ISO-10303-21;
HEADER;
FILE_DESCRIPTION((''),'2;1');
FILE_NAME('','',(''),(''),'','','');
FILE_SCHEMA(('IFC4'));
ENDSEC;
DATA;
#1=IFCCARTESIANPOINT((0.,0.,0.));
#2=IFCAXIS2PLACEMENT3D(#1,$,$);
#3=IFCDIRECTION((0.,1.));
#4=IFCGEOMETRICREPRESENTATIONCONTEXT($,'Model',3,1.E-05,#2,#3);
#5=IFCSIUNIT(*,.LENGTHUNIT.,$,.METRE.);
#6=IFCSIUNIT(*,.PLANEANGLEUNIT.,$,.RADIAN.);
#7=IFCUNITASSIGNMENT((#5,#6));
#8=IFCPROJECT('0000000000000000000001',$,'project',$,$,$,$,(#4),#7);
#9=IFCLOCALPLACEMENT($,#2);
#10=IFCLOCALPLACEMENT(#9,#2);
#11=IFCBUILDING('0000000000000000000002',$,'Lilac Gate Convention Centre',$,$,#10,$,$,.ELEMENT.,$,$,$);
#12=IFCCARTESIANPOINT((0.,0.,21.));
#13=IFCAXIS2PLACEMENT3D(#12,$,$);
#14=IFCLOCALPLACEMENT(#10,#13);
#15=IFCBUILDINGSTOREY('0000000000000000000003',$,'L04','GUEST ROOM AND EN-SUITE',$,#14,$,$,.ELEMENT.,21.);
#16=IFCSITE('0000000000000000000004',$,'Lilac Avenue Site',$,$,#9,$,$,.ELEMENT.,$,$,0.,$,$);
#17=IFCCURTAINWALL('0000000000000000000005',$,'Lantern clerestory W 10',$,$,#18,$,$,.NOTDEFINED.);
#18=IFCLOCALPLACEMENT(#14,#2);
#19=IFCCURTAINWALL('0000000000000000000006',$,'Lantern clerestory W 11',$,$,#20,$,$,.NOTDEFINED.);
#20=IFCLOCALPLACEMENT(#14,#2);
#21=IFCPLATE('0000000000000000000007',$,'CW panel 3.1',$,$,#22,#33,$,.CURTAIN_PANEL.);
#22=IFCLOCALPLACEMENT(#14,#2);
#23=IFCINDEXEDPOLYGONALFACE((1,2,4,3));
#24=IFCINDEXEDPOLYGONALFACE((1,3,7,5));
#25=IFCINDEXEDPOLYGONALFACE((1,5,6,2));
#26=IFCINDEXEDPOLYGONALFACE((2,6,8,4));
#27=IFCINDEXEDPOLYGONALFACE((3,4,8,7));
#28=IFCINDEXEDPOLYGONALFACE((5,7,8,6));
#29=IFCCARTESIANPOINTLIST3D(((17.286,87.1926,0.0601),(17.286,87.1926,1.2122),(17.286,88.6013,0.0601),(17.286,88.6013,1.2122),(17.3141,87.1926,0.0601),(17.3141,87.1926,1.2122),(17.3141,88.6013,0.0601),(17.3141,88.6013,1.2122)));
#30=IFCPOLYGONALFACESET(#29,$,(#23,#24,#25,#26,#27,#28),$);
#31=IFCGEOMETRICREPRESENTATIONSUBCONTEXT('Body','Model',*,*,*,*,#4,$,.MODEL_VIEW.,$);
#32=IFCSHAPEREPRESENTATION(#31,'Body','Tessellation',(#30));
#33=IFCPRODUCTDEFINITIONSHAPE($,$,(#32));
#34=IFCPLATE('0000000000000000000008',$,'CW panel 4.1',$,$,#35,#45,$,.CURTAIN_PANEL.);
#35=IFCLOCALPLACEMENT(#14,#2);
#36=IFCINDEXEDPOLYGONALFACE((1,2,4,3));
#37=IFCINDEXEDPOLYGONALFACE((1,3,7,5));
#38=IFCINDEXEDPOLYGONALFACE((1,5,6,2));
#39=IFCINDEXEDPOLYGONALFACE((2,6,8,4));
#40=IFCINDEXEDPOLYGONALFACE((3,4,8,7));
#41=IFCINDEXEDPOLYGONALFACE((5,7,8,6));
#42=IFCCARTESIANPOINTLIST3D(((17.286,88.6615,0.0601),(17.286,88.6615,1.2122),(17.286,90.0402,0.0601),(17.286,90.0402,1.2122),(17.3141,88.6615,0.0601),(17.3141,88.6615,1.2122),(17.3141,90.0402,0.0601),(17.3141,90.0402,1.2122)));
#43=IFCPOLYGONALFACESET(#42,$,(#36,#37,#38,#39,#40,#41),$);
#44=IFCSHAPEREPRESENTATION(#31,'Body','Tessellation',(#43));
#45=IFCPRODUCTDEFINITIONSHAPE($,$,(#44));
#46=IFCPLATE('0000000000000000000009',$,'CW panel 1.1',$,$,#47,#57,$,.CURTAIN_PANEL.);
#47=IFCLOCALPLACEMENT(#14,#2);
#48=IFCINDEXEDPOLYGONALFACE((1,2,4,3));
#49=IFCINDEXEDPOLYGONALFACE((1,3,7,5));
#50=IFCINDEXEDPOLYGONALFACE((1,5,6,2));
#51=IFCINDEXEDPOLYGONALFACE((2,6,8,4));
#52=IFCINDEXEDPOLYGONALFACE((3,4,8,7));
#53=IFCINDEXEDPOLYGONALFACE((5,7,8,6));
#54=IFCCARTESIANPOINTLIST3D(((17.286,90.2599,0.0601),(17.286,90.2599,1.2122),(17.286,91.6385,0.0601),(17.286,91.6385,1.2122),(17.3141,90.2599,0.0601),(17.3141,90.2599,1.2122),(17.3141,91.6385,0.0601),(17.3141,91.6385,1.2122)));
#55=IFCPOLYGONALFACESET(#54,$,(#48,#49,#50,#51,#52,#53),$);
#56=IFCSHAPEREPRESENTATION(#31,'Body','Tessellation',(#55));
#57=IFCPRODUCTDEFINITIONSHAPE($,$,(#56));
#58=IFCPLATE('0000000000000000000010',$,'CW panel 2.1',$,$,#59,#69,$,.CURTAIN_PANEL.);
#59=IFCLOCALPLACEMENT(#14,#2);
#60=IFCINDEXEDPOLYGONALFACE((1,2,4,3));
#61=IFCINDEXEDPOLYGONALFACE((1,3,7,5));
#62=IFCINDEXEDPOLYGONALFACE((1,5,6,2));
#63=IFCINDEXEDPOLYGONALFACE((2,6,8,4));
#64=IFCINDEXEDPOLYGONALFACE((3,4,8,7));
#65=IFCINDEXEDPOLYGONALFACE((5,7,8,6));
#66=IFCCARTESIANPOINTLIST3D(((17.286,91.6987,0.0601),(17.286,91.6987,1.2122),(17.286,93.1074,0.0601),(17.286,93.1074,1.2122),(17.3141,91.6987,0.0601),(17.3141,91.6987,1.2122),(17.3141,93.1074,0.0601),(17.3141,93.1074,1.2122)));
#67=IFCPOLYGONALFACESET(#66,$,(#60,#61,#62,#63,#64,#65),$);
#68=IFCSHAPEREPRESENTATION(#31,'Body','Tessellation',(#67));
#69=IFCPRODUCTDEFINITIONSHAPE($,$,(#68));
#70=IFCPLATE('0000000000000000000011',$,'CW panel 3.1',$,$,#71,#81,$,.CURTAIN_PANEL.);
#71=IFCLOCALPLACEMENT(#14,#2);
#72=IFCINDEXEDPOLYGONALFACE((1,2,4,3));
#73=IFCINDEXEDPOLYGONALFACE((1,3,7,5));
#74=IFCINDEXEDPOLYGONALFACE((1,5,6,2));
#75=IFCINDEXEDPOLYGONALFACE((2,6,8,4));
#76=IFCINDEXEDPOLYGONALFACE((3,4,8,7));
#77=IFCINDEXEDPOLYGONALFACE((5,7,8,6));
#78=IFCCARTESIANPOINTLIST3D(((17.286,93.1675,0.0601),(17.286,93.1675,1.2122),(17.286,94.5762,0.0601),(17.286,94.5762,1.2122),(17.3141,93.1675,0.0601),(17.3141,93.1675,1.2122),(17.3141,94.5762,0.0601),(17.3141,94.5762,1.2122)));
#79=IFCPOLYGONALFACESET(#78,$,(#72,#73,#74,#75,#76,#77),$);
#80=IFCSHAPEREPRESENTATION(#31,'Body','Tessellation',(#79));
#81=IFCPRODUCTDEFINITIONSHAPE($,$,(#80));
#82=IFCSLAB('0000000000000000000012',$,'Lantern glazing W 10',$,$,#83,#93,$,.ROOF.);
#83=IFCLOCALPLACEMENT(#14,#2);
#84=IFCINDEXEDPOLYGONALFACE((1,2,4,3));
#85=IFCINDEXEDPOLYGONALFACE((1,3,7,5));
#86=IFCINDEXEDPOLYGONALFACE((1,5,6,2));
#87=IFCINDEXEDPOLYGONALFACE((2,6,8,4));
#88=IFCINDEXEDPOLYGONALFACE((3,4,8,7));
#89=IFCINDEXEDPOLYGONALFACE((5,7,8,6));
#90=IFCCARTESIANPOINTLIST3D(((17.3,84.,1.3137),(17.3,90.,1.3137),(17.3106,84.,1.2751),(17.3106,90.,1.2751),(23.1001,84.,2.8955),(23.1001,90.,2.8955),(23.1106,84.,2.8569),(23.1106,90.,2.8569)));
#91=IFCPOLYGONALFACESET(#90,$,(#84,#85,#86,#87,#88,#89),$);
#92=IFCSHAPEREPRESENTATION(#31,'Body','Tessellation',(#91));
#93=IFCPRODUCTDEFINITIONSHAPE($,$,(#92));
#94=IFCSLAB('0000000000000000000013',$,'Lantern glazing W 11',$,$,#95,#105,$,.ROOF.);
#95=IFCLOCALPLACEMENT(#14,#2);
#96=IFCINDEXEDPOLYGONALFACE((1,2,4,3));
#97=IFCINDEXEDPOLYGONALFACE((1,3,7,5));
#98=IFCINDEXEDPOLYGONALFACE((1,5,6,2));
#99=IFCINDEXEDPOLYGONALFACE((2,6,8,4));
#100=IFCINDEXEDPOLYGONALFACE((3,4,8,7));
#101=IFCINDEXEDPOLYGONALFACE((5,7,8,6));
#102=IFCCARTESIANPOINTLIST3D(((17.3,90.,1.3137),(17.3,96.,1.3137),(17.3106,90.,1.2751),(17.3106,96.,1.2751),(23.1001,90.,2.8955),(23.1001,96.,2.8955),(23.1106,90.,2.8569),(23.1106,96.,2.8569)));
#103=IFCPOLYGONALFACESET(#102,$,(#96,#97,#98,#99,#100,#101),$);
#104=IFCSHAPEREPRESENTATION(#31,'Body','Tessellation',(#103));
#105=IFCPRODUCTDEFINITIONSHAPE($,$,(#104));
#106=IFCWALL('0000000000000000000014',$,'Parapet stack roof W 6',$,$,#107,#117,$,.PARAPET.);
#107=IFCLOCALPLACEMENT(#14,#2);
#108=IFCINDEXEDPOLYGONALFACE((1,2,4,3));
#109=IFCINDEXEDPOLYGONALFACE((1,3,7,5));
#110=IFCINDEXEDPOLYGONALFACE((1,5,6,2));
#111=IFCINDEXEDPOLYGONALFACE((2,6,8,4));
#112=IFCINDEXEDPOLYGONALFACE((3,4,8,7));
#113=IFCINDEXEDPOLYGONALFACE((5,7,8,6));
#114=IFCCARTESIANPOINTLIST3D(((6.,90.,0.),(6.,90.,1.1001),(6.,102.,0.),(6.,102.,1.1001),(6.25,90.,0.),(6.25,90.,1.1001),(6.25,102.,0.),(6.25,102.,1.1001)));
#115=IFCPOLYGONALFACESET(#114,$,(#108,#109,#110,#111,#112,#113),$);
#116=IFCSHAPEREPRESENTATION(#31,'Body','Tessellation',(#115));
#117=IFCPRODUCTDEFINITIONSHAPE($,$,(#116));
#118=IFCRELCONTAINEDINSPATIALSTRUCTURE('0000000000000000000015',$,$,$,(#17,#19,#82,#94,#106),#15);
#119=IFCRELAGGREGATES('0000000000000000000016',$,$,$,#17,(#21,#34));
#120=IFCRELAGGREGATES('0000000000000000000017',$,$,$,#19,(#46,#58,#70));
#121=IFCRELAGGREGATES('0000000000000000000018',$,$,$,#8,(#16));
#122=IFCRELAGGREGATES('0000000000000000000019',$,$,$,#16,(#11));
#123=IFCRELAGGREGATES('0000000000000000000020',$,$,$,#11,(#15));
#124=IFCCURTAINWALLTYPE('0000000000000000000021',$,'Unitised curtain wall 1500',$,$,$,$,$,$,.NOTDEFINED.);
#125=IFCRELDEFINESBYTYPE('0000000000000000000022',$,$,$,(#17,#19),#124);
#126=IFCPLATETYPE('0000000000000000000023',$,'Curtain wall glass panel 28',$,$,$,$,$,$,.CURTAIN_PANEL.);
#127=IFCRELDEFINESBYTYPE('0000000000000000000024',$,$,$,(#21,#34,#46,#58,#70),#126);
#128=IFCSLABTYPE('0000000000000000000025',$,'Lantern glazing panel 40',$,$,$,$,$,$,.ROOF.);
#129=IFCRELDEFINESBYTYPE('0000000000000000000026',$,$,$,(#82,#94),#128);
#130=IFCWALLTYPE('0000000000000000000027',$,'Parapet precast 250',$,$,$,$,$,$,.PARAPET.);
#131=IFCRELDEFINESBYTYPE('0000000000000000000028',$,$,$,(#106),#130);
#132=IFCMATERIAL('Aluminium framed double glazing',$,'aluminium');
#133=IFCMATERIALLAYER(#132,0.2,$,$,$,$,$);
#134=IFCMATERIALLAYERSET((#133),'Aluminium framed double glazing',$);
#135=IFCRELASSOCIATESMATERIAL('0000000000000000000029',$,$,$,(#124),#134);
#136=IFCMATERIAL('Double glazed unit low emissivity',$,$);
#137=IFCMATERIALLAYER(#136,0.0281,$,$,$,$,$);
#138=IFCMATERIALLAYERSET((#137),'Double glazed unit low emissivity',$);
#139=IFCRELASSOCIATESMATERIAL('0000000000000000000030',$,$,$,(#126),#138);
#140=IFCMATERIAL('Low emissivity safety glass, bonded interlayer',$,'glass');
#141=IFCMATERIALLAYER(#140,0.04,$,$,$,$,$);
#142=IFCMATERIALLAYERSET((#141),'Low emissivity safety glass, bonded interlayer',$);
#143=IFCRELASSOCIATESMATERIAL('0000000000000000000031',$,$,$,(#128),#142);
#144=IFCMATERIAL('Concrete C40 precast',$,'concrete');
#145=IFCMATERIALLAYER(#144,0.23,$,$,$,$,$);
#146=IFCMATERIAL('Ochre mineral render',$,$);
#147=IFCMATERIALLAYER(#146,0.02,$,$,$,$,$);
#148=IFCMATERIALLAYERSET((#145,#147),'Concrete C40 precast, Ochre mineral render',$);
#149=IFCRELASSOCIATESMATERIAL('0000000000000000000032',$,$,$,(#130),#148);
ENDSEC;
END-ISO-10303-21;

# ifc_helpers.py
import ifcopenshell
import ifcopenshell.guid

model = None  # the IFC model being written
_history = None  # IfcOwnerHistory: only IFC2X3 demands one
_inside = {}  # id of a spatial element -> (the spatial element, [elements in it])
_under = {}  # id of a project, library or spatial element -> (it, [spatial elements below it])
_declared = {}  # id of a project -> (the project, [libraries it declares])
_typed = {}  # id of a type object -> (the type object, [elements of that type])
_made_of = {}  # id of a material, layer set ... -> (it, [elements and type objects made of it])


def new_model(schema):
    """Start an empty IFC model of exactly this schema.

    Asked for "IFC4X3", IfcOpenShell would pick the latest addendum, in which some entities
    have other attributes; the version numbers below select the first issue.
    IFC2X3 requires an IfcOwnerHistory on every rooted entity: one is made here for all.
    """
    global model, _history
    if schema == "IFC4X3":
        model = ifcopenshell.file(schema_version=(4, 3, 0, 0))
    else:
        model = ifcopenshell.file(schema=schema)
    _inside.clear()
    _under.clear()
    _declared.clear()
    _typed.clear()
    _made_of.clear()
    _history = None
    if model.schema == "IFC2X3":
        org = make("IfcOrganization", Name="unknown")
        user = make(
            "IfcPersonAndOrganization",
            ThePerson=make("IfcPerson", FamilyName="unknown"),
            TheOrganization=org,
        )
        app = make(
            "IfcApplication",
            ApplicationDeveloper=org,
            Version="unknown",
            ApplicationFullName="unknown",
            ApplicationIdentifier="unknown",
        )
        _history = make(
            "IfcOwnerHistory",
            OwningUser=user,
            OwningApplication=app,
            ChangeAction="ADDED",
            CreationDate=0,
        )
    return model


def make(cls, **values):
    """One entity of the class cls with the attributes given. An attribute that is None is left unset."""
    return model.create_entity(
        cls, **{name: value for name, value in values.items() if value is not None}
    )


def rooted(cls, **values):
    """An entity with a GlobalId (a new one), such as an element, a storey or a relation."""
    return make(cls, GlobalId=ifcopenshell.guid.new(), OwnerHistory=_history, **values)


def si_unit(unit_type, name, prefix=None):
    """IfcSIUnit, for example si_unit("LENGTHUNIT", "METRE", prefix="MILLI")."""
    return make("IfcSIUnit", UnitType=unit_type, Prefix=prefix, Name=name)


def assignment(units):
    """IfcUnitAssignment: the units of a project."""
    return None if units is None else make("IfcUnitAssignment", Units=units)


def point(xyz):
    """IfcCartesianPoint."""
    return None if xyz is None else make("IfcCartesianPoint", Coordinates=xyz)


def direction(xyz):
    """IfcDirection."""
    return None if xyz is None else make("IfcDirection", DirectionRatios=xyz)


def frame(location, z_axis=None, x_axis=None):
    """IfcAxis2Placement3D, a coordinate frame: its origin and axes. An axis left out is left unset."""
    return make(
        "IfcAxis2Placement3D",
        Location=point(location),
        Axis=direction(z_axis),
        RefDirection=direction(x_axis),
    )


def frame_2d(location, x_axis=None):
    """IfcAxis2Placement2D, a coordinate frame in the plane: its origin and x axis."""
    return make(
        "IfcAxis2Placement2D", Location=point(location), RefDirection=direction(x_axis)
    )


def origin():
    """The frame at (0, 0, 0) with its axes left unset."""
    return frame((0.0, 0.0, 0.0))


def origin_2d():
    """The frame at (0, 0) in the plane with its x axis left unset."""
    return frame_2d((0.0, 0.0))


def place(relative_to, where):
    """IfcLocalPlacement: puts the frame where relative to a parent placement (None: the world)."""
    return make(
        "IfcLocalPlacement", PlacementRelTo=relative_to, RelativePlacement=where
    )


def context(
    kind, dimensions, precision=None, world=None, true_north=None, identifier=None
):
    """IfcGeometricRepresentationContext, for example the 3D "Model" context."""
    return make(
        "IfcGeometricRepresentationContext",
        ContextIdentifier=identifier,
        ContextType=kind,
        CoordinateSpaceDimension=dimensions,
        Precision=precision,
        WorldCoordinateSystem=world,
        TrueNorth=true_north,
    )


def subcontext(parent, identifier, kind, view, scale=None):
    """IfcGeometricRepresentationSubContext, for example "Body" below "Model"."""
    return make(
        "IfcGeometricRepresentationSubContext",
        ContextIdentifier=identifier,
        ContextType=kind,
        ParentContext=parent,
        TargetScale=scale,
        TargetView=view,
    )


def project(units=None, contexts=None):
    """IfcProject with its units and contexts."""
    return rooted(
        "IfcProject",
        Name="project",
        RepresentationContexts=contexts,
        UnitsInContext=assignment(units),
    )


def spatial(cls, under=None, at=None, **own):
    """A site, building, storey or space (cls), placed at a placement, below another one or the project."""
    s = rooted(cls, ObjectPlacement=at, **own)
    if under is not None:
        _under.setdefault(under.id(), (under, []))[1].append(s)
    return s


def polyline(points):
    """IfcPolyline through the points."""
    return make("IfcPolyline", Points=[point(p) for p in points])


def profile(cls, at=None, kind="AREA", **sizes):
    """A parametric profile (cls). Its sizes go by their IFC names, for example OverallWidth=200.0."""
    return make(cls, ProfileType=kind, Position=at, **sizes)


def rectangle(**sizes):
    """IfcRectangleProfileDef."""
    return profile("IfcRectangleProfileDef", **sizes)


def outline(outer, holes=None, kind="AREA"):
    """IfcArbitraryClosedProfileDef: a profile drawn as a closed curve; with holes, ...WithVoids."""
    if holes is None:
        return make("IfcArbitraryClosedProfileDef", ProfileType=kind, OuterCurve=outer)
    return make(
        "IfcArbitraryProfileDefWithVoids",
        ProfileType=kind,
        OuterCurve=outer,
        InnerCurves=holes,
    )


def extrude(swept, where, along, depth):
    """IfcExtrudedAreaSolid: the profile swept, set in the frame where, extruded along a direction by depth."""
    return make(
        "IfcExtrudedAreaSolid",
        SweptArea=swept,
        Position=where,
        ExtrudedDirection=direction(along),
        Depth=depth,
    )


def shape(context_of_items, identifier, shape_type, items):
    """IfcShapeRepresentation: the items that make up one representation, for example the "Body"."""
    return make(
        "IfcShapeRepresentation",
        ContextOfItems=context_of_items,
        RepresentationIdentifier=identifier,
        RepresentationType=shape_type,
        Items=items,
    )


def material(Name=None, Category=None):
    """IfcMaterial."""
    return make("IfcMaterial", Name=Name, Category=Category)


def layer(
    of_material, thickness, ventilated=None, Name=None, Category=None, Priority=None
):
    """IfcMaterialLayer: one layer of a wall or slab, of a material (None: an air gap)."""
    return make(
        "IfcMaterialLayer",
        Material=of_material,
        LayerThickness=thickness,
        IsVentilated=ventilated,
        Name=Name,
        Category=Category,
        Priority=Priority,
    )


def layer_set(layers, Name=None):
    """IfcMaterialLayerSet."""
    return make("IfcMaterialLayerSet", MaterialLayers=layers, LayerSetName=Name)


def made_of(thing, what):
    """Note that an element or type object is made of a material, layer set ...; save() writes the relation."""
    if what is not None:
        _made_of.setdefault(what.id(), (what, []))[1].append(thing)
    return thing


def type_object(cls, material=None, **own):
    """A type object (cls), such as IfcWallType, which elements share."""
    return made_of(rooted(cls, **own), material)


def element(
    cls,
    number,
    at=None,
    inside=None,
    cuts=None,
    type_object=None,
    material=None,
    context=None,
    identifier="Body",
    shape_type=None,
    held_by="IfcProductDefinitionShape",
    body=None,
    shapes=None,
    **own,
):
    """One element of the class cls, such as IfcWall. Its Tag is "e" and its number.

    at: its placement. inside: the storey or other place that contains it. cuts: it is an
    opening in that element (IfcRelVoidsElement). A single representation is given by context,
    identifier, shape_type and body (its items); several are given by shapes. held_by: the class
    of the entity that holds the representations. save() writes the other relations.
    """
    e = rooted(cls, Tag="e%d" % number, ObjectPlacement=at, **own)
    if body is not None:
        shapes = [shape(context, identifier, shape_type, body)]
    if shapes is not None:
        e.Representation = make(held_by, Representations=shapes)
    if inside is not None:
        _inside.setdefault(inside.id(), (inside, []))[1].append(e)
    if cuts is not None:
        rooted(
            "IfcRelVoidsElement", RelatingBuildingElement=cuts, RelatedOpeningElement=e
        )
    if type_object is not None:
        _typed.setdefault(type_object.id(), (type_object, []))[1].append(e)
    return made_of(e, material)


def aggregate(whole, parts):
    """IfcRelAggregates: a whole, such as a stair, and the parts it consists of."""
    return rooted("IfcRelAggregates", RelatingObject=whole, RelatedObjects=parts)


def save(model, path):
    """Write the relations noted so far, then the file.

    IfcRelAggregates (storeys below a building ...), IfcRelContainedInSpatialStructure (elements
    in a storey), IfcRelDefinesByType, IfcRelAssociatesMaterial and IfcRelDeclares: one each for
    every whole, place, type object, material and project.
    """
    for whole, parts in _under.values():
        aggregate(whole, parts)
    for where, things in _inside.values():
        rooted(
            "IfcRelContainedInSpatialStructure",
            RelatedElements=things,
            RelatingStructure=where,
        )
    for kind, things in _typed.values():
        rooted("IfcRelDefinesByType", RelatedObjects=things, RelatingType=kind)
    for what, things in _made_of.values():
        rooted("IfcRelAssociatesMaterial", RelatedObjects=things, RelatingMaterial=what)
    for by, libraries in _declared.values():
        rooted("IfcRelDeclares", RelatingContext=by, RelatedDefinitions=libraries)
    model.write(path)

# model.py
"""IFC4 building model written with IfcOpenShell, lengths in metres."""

from ifc_helpers import new_model, si_unit, direction, frame, frame_2d, origin, origin_2d, place, context, subcontext, project, spatial, polyline, rectangle, outline, extrude, material, layer, layer_set, type_object, element, aggregate, save


model = new_model("IFC4")

# Units and contexts
model_context = context("Model", 3, precision=1e-05, world=origin(), true_north=direction((0.0, 1.0)))
body_context = subcontext(model_context, "Body", "Model", "MODEL_VIEW")
ifc_project = project(units=[si_unit("LENGTHUNIT", "METRE"), si_unit("PLANEANGLEUNIT", "RADIAN")], contexts=[model_context])

# Site, building, storey
site_placement = place(None, origin())
site = spatial("IfcSite", under=ifc_project, at=site_placement, Name="Lilac Avenue Site", CompositionType="ELEMENT", RefElevation=0.0)
building_placement = place(site_placement, origin())
building = spatial("IfcBuilding", under=site, at=building_placement, Name="Lilac Gate Convention Centre", CompositionType="ELEMENT")
storey_placement = place(building_placement, frame((0.0, 0.0, 21.0)))
storey = spatial("IfcBuildingStorey", under=building, at=storey_placement, Name="L04", Description="GUEST ROOM AND EN-SUITE", CompositionType="ELEMENT", Elevation=21.0)

# Shared definitions
ifc_material_1 = material(Name="Aluminium framed double glazing", Category="aluminium")
ifc_layer_1 = layer(ifc_material_1, 0.2)
ifc_layer_set_1 = layer_set([ifc_layer_1], Name="Aluminium framed double glazing")
curtain_wall_type = type_object("IfcCurtainWallType", Name="Unitised curtain wall 1500", PredefinedType="NOTDEFINED", material=ifc_layer_set_1)

# Curtain walls
curtain_wall_1_placement = place(storey_placement, origin())
curtain_wall_1 = element("IfcCurtainWall", 1, at=curtain_wall_1_placement, inside=storey, type_object=curtain_wall_type, Name="Lantern clerestory W 10", PredefinedType="NOTDEFINED")
curtain_wall_2_placement = place(storey_placement, origin())
curtain_wall_2 = element("IfcCurtainWall", 2, at=curtain_wall_2_placement, inside=storey, type_object=curtain_wall_type, Name="Lantern clerestory W 11", PredefinedType="NOTDEFINED")

# Plates
ifc_material_2 = material(Name="Double glazed unit low emissivity")
ifc_layer_2 = layer(ifc_material_2, 0.0281)
ifc_layer_set_2 = layer_set([ifc_layer_2], Name="Double glazed unit low emissivity")
plate_type = type_object("IfcPlateType", Name="Curtain wall glass panel 28", PredefinedType="CURTAIN_PANEL", material=ifc_layer_set_2)
plate_1_placement = place(storey_placement, frame((17.3, 87.897, 0.0601), z_axis=(0.0, 0.0, 1.0), x_axis=(0.0, 1.0, 0.0)))
plate_1 = element("IfcPlate", 3, at=plate_1_placement, type_object=plate_type, Name="CW panel 3.1", PredefinedType="CURTAIN_PANEL", context=body_context, shape_type="SweptSolid", body=[
    extrude(rectangle(XDim=1.4087, YDim=0.0281, at=origin_2d()), origin(), (0.0, 0.0, 1.0), 1.1521),
])
plate_2_placement = place(storey_placement, frame((17.3, 89.3508, 0.0601), z_axis=(0.0, 0.0, 1.0), x_axis=(0.0, 1.0, 0.0)))
plate_2 = element("IfcPlate", 4, at=plate_2_placement, type_object=plate_type, Name="CW panel 4.1", PredefinedType="CURTAIN_PANEL", context=body_context, shape_type="SweptSolid", body=[
    extrude(rectangle(XDim=1.3787, YDim=0.0281, at=origin_2d()), origin(), (0.0, 0.0, 1.0), 1.1521),
])
aggregate(curtain_wall_1, [plate_1, plate_2])
plate_3_placement = place(storey_placement, frame((17.3, 90.9492, 0.0601), z_axis=(0.0, 0.0, 1.0), x_axis=(0.0, 1.0, 0.0)))
plate_3 = element("IfcPlate", 5, at=plate_3_placement, type_object=plate_type, Name="CW panel 1.1", PredefinedType="CURTAIN_PANEL", context=body_context, shape_type="SweptSolid", body=[
    extrude(rectangle(XDim=1.3787, YDim=0.0281, at=origin_2d()), origin(), (0.0, 0.0, 1.0), 1.1521),
])
plate_4_placement = place(storey_placement, frame((17.3, 92.4031, 0.0601), z_axis=(0.0, 0.0, 1.0), x_axis=(0.0, 1.0, 0.0)))
plate_4 = element("IfcPlate", 6, at=plate_4_placement, type_object=plate_type, Name="CW panel 2.1", PredefinedType="CURTAIN_PANEL", context=body_context, shape_type="SweptSolid", body=[
    extrude(rectangle(XDim=1.4087, YDim=0.0281, at=origin_2d()), origin(), (0.0, 0.0, 1.0), 1.1521),
])
plate_5_placement = place(storey_placement, frame((17.3, 93.8718, 0.0601), z_axis=(0.0, 0.0, 1.0), x_axis=(0.0, 1.0, 0.0)))
plate_5 = element("IfcPlate", 7, at=plate_5_placement, type_object=plate_type, Name="CW panel 3.1", PredefinedType="CURTAIN_PANEL", context=body_context, shape_type="SweptSolid", body=[
    extrude(rectangle(XDim=1.4087, YDim=0.0281, at=origin_2d()), origin(), (0.0, 0.0, 1.0), 1.1521),
])
aggregate(curtain_wall_2, [plate_3, plate_4, plate_5])

# Slabs
ifc_material_3 = material(Name="Low emissivity safety glass, bonded interlayer", Category="glass")
ifc_layer_3 = layer(ifc_material_3, 0.04)
ifc_layer_set_3 = layer_set([ifc_layer_3], Name="Low emissivity safety glass, bonded interlayer")
slab_type = type_object("IfcSlabType", Name="Lantern glazing panel 40", PredefinedType="ROOF", material=ifc_layer_set_3)
for number, where, z_axis, x_axis, name in (
    (8, (17.3, 84.0, 1.3137), (-0.263111, 0.0, 0.964766), (0.964766, 0.0, 0.263111), "Lantern glazing W 10"),
    (9, (17.3, 90.0, 1.3137), (-0.263111, 0.0, 0.964766), (0.964766, 0.0, 0.263111), "Lantern glazing W 11"),
):
    element("IfcSlab", number, at=place(storey_placement, frame(where, z_axis=z_axis, x_axis=x_axis)), inside=storey, type_object=slab_type, Name=name, PredefinedType="ROOF", context=body_context, shape_type="SweptSolid", body=[
        extrude(outline(polyline([(0.0, 0.0), (6.0119, 0.0), (6.0119, 6.0), (0.0, 6.0), (0.0, 0.0)])), origin(), (0.0, 0.0, -1.0), 0.04),
    ])

# Wall
ifc_material_4 = material(Name="Concrete C40 precast", Category="concrete")
ifc_layer_4 = layer(ifc_material_4, 0.23)
ifc_material_5 = material(Name="Ochre mineral render")
ifc_layer_5 = layer(ifc_material_5, 0.02)
ifc_layer_set_4 = layer_set([ifc_layer_4, ifc_layer_5], Name="Concrete C40 precast, Ochre mineral render")
wall_type = type_object("IfcWallType", Name="Parapet precast 250", PredefinedType="PARAPET", material=ifc_layer_set_4)
wall_placement = place(storey_placement, frame((6.125, 90.0, 0.0), z_axis=(0.0, 0.0, 1.0), x_axis=(0.0, 1.0, 0.0)))
element("IfcWall", 10, at=wall_placement, inside=storey, type_object=wall_type, Name="Parapet stack roof W 6", PredefinedType="PARAPET", context=body_context, shape_type="SweptSolid", body=[
    extrude(rectangle(XDim=12.0, YDim=0.25, at=frame_2d((6.0, 0.0))), origin(), (0.0, 0.0, 1.0), 1.1001),
])

save(model, "model.ifc")
